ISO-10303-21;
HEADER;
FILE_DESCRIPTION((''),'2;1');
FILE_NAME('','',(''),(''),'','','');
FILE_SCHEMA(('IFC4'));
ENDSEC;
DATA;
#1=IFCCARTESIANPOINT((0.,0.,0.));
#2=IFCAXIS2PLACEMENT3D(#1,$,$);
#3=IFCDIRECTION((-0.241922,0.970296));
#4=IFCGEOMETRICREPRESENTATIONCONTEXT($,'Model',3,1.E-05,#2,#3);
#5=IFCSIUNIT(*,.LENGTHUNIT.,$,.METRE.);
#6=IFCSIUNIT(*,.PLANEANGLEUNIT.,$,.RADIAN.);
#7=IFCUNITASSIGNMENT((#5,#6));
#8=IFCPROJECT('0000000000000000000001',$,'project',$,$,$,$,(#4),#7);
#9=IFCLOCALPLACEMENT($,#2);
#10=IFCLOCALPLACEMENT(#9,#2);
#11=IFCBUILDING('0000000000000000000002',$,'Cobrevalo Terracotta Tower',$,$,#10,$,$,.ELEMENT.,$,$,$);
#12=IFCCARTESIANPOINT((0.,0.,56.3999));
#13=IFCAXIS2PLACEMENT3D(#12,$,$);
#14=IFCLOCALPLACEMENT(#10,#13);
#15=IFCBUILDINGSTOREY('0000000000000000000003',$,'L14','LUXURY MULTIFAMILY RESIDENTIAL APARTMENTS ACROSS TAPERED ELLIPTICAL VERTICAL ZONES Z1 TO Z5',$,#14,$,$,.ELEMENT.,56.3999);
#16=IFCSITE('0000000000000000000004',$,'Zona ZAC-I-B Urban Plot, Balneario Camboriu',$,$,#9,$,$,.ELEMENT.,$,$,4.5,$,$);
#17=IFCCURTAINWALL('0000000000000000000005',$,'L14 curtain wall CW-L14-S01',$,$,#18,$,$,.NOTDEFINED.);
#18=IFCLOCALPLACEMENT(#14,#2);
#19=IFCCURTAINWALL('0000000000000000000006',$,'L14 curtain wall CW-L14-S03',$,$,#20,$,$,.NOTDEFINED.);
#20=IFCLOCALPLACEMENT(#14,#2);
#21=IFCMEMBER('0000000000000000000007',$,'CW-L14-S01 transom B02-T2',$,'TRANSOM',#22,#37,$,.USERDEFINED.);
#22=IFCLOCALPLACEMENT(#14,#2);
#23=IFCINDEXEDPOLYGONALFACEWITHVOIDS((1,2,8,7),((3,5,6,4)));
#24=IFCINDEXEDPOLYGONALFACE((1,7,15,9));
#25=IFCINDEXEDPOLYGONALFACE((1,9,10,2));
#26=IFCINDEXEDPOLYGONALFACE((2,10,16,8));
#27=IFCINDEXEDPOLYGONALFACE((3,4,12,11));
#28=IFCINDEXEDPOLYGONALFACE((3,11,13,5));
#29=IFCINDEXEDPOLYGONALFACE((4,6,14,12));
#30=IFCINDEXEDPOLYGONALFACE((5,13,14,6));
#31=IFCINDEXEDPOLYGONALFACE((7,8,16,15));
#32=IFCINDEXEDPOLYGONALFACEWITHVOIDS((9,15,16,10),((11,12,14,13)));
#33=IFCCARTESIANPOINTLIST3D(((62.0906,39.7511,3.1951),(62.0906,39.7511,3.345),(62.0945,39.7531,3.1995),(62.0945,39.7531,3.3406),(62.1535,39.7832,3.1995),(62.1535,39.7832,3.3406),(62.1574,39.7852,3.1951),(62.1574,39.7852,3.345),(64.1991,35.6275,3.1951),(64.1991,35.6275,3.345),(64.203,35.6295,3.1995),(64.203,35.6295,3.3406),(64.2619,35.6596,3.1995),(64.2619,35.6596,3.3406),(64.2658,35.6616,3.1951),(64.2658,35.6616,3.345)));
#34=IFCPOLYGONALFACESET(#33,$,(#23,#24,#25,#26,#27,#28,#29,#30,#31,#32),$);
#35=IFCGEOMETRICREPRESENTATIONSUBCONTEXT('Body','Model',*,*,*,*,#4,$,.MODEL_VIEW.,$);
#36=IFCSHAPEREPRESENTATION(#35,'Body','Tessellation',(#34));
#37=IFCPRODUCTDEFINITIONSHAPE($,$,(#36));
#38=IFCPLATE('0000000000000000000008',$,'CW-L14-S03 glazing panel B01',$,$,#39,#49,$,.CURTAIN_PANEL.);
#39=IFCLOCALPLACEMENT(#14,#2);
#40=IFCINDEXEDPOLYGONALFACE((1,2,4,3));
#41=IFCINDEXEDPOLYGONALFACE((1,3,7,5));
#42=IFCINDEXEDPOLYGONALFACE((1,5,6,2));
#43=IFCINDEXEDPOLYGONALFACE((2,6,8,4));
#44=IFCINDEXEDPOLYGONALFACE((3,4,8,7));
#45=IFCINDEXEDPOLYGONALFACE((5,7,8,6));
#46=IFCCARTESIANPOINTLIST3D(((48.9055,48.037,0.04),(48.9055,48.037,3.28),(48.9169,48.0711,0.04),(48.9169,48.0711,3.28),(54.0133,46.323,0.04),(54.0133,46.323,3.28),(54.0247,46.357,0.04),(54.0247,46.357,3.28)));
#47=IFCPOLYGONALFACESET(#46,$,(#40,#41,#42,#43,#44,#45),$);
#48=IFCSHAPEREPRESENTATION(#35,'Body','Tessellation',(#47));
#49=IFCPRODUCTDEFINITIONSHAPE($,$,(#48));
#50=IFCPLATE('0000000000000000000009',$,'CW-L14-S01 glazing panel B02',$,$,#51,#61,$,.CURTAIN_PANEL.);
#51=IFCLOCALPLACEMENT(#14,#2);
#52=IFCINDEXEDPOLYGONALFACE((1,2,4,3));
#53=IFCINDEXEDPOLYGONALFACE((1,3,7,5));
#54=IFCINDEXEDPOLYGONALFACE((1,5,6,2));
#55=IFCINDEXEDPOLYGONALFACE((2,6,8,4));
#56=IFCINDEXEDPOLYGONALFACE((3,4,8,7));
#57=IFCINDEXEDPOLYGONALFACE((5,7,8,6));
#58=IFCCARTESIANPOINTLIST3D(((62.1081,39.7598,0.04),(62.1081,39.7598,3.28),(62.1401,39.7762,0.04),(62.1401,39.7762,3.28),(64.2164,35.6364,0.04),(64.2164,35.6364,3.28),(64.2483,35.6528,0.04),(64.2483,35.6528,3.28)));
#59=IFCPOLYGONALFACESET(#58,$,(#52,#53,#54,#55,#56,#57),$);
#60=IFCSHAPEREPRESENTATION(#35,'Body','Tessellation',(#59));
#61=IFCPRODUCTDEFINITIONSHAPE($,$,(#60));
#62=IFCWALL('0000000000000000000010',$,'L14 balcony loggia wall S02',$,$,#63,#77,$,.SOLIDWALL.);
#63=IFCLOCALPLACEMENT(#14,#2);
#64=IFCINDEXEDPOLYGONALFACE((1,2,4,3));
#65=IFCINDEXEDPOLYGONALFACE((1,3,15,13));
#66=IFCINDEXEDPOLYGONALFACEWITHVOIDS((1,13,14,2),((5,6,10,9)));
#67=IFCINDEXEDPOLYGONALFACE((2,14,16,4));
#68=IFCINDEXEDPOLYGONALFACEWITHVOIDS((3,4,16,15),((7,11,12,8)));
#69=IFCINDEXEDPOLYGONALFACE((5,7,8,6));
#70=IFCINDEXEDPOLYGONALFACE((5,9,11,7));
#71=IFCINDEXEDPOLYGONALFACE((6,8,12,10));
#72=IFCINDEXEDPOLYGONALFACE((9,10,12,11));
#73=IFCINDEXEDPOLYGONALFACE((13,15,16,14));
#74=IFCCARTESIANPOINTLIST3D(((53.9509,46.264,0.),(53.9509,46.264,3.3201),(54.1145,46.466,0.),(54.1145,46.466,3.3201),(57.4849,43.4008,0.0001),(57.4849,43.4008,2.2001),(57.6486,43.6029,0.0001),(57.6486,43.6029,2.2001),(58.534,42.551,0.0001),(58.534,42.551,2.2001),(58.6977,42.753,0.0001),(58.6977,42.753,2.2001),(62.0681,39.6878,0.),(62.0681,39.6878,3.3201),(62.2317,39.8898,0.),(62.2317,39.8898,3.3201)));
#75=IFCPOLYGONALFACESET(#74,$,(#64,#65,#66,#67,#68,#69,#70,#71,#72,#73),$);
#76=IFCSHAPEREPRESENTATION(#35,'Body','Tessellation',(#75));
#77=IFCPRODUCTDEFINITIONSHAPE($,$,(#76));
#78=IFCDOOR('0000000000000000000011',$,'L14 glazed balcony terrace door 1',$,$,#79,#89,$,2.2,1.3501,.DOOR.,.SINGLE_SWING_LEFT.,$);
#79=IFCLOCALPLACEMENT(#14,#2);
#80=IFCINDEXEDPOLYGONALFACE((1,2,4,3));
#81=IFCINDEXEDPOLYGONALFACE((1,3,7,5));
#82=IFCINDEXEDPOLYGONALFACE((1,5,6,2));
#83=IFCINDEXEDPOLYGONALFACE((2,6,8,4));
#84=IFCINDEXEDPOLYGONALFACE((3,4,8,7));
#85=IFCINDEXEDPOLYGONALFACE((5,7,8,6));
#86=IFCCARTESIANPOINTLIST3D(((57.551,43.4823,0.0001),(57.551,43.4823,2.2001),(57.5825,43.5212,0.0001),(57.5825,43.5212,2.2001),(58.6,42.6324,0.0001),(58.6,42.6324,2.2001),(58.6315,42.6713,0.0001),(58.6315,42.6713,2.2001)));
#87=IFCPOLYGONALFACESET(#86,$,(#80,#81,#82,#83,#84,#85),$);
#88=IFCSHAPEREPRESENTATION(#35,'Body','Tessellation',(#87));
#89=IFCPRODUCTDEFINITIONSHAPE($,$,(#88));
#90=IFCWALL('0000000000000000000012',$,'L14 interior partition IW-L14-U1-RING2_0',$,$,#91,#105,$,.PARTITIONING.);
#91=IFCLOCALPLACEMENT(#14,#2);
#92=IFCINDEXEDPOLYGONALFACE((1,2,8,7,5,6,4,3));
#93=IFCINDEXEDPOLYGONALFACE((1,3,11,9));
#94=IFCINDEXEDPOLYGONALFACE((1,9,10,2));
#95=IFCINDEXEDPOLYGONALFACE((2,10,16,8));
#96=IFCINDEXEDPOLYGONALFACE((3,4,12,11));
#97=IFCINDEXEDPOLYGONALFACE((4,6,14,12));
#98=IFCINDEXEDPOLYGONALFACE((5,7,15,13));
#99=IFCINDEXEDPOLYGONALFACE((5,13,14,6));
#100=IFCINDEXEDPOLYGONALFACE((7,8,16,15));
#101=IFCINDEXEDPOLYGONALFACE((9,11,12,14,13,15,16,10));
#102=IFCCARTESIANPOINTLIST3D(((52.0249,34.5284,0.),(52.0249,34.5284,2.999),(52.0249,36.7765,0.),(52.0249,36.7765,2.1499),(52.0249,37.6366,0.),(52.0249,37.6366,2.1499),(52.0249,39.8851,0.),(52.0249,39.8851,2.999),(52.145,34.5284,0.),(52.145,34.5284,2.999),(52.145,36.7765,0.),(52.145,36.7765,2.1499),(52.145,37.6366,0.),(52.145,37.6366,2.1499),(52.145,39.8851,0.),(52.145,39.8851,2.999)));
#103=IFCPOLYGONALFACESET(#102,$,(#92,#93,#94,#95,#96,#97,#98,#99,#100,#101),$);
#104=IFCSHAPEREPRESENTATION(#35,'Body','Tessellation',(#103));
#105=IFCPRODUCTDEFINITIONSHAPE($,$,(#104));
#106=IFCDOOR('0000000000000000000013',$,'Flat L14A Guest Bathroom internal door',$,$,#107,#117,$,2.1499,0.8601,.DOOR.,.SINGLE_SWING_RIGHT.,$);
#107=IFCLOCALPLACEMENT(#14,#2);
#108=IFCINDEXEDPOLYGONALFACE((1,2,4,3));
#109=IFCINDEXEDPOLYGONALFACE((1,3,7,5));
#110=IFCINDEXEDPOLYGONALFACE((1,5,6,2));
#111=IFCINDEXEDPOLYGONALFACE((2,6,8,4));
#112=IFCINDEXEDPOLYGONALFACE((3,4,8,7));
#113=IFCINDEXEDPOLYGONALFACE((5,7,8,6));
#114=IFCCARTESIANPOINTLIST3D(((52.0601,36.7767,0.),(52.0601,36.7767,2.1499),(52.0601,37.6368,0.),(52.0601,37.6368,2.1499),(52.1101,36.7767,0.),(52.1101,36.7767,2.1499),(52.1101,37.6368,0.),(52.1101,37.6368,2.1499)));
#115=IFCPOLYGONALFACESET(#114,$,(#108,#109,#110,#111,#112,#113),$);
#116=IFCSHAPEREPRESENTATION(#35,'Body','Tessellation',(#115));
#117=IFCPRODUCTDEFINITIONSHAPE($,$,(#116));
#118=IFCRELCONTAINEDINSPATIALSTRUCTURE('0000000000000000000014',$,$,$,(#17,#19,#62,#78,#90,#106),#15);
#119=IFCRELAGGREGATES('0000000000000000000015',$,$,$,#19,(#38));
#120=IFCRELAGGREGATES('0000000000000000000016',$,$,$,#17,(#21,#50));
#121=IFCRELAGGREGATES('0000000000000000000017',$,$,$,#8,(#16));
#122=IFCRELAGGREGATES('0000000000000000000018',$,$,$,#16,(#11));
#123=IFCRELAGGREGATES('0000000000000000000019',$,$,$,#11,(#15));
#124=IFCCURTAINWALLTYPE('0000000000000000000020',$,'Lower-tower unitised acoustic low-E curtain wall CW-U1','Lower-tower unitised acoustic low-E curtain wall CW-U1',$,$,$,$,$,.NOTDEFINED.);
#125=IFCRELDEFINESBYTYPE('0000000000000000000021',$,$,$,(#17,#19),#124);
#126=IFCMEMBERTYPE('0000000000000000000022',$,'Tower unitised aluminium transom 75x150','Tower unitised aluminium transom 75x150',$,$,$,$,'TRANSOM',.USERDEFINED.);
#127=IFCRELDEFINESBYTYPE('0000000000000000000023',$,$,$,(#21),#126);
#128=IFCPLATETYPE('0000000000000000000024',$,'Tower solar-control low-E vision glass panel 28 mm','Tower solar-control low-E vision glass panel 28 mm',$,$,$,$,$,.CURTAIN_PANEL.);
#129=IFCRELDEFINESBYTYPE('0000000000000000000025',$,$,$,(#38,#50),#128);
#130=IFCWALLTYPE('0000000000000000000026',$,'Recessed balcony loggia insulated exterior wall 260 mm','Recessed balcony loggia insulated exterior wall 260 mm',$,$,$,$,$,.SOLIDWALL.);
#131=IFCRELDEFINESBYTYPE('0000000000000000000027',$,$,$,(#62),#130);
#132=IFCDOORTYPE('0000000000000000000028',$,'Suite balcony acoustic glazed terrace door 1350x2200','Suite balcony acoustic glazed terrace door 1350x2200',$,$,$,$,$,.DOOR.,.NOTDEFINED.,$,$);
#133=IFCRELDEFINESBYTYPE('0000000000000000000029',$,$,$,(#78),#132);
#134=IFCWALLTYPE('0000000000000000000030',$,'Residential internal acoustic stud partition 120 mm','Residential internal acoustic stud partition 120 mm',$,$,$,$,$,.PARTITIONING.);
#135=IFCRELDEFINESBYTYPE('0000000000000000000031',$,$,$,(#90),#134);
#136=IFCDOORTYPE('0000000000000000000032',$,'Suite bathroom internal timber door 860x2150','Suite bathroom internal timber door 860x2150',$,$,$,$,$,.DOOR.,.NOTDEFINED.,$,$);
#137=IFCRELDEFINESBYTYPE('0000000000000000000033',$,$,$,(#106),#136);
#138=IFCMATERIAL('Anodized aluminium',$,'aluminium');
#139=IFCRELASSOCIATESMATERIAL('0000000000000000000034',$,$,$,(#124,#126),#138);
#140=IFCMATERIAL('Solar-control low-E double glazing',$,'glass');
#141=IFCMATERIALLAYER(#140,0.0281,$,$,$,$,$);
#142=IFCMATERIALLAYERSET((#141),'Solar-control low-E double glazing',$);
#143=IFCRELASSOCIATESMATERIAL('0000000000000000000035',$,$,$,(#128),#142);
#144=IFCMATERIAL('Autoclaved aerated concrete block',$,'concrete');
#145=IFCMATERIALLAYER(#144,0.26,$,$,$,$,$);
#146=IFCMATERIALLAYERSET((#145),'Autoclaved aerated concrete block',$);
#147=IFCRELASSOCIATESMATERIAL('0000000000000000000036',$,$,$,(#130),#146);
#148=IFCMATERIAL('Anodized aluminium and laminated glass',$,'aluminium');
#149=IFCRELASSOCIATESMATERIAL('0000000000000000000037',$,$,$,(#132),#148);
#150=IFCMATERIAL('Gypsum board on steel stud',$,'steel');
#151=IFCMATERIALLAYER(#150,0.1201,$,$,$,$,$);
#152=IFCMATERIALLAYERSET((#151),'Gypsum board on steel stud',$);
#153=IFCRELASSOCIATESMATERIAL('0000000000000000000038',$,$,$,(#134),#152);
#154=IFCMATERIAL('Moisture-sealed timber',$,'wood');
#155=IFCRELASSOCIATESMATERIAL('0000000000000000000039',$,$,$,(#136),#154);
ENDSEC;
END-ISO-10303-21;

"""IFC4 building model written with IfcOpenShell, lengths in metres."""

from ifc_helpers import new_model, si_unit, direction, frame, frame_2d, origin, origin_2d, place, context, subcontext, project, spatial, rectangle, hollow_rectangle, extrude, source, transform, mapped, material, layer, layer_set, material_profile, profile_set, type_object, element, fill, aggregate, save


model = new_model("IFC4")

# Units and contexts
model_context = context("Model", 3, precision=1e-05, world=origin(), true_north=direction((-0.241922, 0.970296)))
body_context = subcontext(model_context, "Body", "Model", "MODEL_VIEW")
ifc_project = project(units=[si_unit("LENGTHUNIT", "METRE"), si_unit("PLANEANGLEUNIT", "RADIAN")], contexts=[model_context])

# Site, building, storey
site_placement = place(None, origin())
site = spatial("IfcSite", under=ifc_project, at=site_placement, Name="Zona ZAC-I-B Urban Plot, Balneario Camboriu", CompositionType="ELEMENT", RefElevation=4.5)
building_placement = place(site_placement, origin())
building = spatial("IfcBuilding", under=site, at=building_placement, Name="Cobrevalo Terracotta Tower", CompositionType="ELEMENT")
storey_placement = place(building_placement, frame((0.0, 0.0, 56.3999)))
storey = spatial("IfcBuildingStorey", under=building, at=storey_placement, Name="L14", Description="LUXURY MULTIFAMILY RESIDENTIAL APARTMENTS ACROSS TAPERED ELLIPTICAL VERTICAL ZONES Z1 TO Z5", CompositionType="ELEMENT", Elevation=56.3999)

# Curtain walls
ifc_material_1 = material(Name="Anodized aluminium", Category="aluminium")
curtain_wall_type = type_object("IfcCurtainWallType", Name="Lower-tower unitised acoustic low-E curtain wall CW-U1", Description="Lower-tower unitised acoustic low-E curtain wall CW-U1", PredefinedType="NOTDEFINED", material=ifc_material_1)
curtain_wall_1_placement = place(storey_placement, origin())
curtain_wall_1 = element("IfcCurtainWall", 1, at=curtain_wall_1_placement, inside=storey, type_object=curtain_wall_type, Name="L14 curtain wall CW-L14-S01", PredefinedType="NOTDEFINED")
curtain_wall_2_placement = place(storey_placement, origin())
curtain_wall_2 = element("IfcCurtainWall", 2, at=curtain_wall_2_placement, inside=storey, type_object=curtain_wall_type, Name="L14 curtain wall CW-L14-S03", PredefinedType="NOTDEFINED")
ifc_material_profile_1 = material_profile(ifc_material_1, hollow_rectangle(XDim=0.075, YDim=0.1499, WallThickness=0.0044, at=origin_2d()), Name="CWT 75x150")
ifc_profile_set_1 = profile_set([ifc_material_profile_1], Name="Anodized aluminium")
member_type_1 = type_object("IfcMemberType", Name="Tower unitised aluminium transom 75x150", Description="Tower unitised aluminium transom 75x150", ElementType="TRANSOM", PredefinedType="USERDEFINED", material=ifc_profile_set_1)

# Member
shared_shape_1 = source(origin(), body_context, "Body", "SweptSolid", [
    extrude(hollow_rectangle(XDim=0.075, YDim=0.1499, WallThickness=0.0044, at=origin_2d()), origin(), (0.0, 0.0, 1.0), 4.6313),
])
member_1_placement = place(storey_placement, frame((64.2324, 35.6445, 3.27), z_axis=(-0.45525, 0.890363, 0.0), x_axis=(-0.890363, -0.45525, 0.0)))
member_1 = element("IfcMember", 3, at=member_1_placement, type_object=member_type_1, Name="CW-L14-S01 transom B02-T2", ObjectType="TRANSOM", PredefinedType="USERDEFINED", context=body_context, shape_type="MappedRepresentation", body=[
    mapped(shared_shape_1, transform((0.0, 0.0, 0.0), scale=1.0)),
])

# Plates
ifc_material_2 = material(Name="Solar-control low-E double glazing", Category="glass")
ifc_layer_1 = layer(ifc_material_2, 0.0281)
ifc_layer_set_1 = layer_set([ifc_layer_1], Name="Solar-control low-E double glazing")
plate_type = type_object("IfcPlateType", Name="Tower solar-control low-E vision glass panel 28 mm", Description="Tower solar-control low-E vision glass panel 28 mm", PredefinedType="CURTAIN_PANEL", material=ifc_layer_set_1)
shared_shape_2 = source(origin(), body_context, "Body", "SweptSolid", [
    extrude(rectangle(XDim=5.3877, YDim=0.0359, at=origin_2d()), origin(), (0.0, 0.0, 1.0), 3.24),
])
plate_1_placement = place(storey_placement, frame((51.4651, 47.197, 0.04), z_axis=(0.0, 0.0, 1.0), x_axis=(-0.948044, 0.318139, 0.0)))
plate_1 = element("IfcPlate", 4, at=plate_1_placement, type_object=plate_type, Name="CW-L14-S03 glazing panel B01", PredefinedType="CURTAIN_PANEL", context=body_context, shape_type="MappedRepresentation", body=[
    mapped(shared_shape_2, transform((0.0, 0.0, 0.0), scale=1.0)),
])
aggregate(curtain_wall_2, [plate_1])
shared_shape_3 = source(origin(), body_context, "Body", "SweptSolid", [
    extrude(rectangle(XDim=4.6311, YDim=0.0359, at=origin_2d()), origin(), (0.0, 0.0, 1.0), 3.24),
])
plate_2_placement = place(storey_placement, frame((63.1782, 37.7063, 0.04), z_axis=(0.0, 0.0, 1.0), x_axis=(-0.455231, 0.890373, 0.0)))
plate_2 = element("IfcPlate", 5, at=plate_2_placement, type_object=plate_type, Name="CW-L14-S01 glazing panel B02", PredefinedType="CURTAIN_PANEL", context=body_context, shape_type="MappedRepresentation", body=[
    mapped(shared_shape_3, transform((0.0, 0.0, 0.0), scale=1.0)),
])
aggregate(curtain_wall_1, [member_1, plate_2])

# Walls, openings, doors
ifc_material_3 = material(Name="Autoclaved aerated concrete block", Category="concrete")
ifc_layer_2 = layer(ifc_material_3, 0.26)
ifc_layer_set_2 = layer_set([ifc_layer_2], Name="Autoclaved aerated concrete block")
wall_type_1 = type_object("IfcWallType", Name="Recessed balcony loggia insulated exterior wall 260 mm", Description="Recessed balcony loggia insulated exterior wall 260 mm", PredefinedType="SOLIDWALL", material=ifc_layer_set_2)
wall_1_placement = place(storey_placement, frame((62.1499, 39.7888, 0.0), z_axis=(0.0, 0.0, 1.0), x_axis=(-0.777005, 0.629494, 0.0)))
wall_1 = element("IfcWall", 6, at=wall_1_placement, inside=storey, type_object=wall_type_1, Name="L14 balcony loggia wall S02", PredefinedType="SOLIDWALL", context=body_context, shape_type="SweptSolid", body=[
    extrude(rectangle(XDim=10.4468, YDim=0.26, at=frame_2d((5.2234, 0.0))), origin(), (0.0, 0.0, 1.0), 3.3201),
])
opening_1_placement = place(wall_1_placement, frame((4.5483, 0.0, 0.0)))
opening_1 = element("IfcOpeningElement", 7, at=opening_1_placement, cuts=wall_1, PredefinedType="OPENING", context=body_context, shape_type="SweptSolid", body=[
    extrude(rectangle(XDim=1.3501, YDim=2.2, at=frame_2d((0.675, 1.1001))), frame((0.0, 0.1401, 0.0), z_axis=(0.0, -1.0, 0.0), x_axis=(1.0, 0.0, 0.0)), (0.0, 0.0, 1.0), 0.28),
])
ifc_material_4 = material(Name="Anodized aluminium and laminated glass", Category="aluminium")
door_type_1 = type_object("IfcDoorType", Name="Suite balcony acoustic glazed terrace door 1350x2200", Description="Suite balcony acoustic glazed terrace door 1350x2200", OperationType="NOTDEFINED", PredefinedType="DOOR", material=ifc_material_4)
shared_shape_4 = source(origin(), body_context, "Body", "SweptSolid", [
    extrude(rectangle(XDim=1.3501, YDim=2.2, at=frame_2d((0.675, 1.1001))), frame((0.0, 0.0249, 0.0), z_axis=(0.0, -1.0, 0.0), x_axis=(1.0, 0.0, 0.0)), (0.0, 0.0, 1.0), 0.05),
])
door_1_placement = place(opening_1_placement, frame((1.3501, 0.0, 0.0), z_axis=(0.0, 0.0, 1.0), x_axis=(-1.0, 0.0, 0.0)))
door_1 = element("IfcDoor", 8, at=door_1_placement, inside=storey, type_object=door_type_1, Name="L14 glazed balcony terrace door 1", OperationType="SINGLE_SWING_LEFT", OverallHeight=2.2, OverallWidth=1.3501, PredefinedType="DOOR", context=body_context, shape_type="MappedRepresentation", body=[
    mapped(shared_shape_4, transform((0.0, 0.0, 0.0), scale=1.0)),
])
fill(opening_1, door_1)
ifc_material_5 = material(Name="Gypsum board on steel stud", Category="steel")
ifc_layer_3 = layer(ifc_material_5, 0.1201)
ifc_layer_set_3 = layer_set([ifc_layer_3], Name="Gypsum board on steel stud")
wall_type_2 = type_object("IfcWallType", Name="Residential internal acoustic stud partition 120 mm", Description="Residential internal acoustic stud partition 120 mm", PredefinedType="PARTITIONING", material=ifc_layer_set_3)
wall_2_placement = place(storey_placement, frame((52.085, 39.885, 0.0), z_axis=(0.0, 0.0, 1.0), x_axis=(0.0, -1.0, 0.0)))
wall_2 = element("IfcWall", 9, at=wall_2_placement, inside=storey, type_object=wall_type_2, Name="L14 interior partition IW-L14-U1-RING2_0", PredefinedType="PARTITIONING", context=body_context, shape_type="SweptSolid", body=[
    extrude(rectangle(XDim=5.3567, YDim=0.1201, at=frame_2d((2.6782, 0.0))), origin(), (0.0, 0.0, 1.0), 2.999),
])
opening_2_placement = place(wall_2_placement, frame((2.2483, 0.0, 0.0)))
opening_2 = element("IfcOpeningElement", 10, at=opening_2_placement, cuts=wall_2, PredefinedType="OPENING", context=body_context, shape_type="SweptSolid", body=[
    extrude(rectangle(XDim=0.8601, YDim=2.1499, at=frame_2d((0.4302, 1.075))), frame((0.0, 0.0701, 0.0), z_axis=(0.0, -1.0, 0.0), x_axis=(1.0, 0.0, 0.0)), (0.0, 0.0, 1.0), 0.1401),
])
ifc_material_6 = material(Name="Moisture-sealed timber", Category="wood")
door_type_2 = type_object("IfcDoorType", Name="Suite bathroom internal timber door 860x2150", Description="Suite bathroom internal timber door 860x2150", OperationType="NOTDEFINED", PredefinedType="DOOR", material=ifc_material_6)
shared_shape_5 = source(origin(), body_context, "Body", "SweptSolid", [
    extrude(rectangle(XDim=0.8601, YDim=2.1499, at=frame_2d((0.4302, 1.075))), frame((0.0, 0.0249, 0.0), z_axis=(0.0, -1.0, 0.0), x_axis=(1.0, 0.0, 0.0)), (0.0, 0.0, 1.0), 0.05),
])
door_2_placement = place(opening_2_placement, frame((0.8601, 0.0, 0.0), z_axis=(0.0, 0.0, 1.0), x_axis=(-1.0, 0.0, 0.0)))
door_2 = element("IfcDoor", 11, at=door_2_placement, inside=storey, type_object=door_type_2, Name="Flat L14A Guest Bathroom internal door", OperationType="SINGLE_SWING_RIGHT", OverallHeight=2.1499, OverallWidth=0.8601, PredefinedType="DOOR", context=body_context, shape_type="MappedRepresentation", body=[
    mapped(shared_shape_5, transform((0.0, 0.0, 0.0), scale=1.0)),
])
fill(opening_2, door_2)

save(model, "model.ifc")
